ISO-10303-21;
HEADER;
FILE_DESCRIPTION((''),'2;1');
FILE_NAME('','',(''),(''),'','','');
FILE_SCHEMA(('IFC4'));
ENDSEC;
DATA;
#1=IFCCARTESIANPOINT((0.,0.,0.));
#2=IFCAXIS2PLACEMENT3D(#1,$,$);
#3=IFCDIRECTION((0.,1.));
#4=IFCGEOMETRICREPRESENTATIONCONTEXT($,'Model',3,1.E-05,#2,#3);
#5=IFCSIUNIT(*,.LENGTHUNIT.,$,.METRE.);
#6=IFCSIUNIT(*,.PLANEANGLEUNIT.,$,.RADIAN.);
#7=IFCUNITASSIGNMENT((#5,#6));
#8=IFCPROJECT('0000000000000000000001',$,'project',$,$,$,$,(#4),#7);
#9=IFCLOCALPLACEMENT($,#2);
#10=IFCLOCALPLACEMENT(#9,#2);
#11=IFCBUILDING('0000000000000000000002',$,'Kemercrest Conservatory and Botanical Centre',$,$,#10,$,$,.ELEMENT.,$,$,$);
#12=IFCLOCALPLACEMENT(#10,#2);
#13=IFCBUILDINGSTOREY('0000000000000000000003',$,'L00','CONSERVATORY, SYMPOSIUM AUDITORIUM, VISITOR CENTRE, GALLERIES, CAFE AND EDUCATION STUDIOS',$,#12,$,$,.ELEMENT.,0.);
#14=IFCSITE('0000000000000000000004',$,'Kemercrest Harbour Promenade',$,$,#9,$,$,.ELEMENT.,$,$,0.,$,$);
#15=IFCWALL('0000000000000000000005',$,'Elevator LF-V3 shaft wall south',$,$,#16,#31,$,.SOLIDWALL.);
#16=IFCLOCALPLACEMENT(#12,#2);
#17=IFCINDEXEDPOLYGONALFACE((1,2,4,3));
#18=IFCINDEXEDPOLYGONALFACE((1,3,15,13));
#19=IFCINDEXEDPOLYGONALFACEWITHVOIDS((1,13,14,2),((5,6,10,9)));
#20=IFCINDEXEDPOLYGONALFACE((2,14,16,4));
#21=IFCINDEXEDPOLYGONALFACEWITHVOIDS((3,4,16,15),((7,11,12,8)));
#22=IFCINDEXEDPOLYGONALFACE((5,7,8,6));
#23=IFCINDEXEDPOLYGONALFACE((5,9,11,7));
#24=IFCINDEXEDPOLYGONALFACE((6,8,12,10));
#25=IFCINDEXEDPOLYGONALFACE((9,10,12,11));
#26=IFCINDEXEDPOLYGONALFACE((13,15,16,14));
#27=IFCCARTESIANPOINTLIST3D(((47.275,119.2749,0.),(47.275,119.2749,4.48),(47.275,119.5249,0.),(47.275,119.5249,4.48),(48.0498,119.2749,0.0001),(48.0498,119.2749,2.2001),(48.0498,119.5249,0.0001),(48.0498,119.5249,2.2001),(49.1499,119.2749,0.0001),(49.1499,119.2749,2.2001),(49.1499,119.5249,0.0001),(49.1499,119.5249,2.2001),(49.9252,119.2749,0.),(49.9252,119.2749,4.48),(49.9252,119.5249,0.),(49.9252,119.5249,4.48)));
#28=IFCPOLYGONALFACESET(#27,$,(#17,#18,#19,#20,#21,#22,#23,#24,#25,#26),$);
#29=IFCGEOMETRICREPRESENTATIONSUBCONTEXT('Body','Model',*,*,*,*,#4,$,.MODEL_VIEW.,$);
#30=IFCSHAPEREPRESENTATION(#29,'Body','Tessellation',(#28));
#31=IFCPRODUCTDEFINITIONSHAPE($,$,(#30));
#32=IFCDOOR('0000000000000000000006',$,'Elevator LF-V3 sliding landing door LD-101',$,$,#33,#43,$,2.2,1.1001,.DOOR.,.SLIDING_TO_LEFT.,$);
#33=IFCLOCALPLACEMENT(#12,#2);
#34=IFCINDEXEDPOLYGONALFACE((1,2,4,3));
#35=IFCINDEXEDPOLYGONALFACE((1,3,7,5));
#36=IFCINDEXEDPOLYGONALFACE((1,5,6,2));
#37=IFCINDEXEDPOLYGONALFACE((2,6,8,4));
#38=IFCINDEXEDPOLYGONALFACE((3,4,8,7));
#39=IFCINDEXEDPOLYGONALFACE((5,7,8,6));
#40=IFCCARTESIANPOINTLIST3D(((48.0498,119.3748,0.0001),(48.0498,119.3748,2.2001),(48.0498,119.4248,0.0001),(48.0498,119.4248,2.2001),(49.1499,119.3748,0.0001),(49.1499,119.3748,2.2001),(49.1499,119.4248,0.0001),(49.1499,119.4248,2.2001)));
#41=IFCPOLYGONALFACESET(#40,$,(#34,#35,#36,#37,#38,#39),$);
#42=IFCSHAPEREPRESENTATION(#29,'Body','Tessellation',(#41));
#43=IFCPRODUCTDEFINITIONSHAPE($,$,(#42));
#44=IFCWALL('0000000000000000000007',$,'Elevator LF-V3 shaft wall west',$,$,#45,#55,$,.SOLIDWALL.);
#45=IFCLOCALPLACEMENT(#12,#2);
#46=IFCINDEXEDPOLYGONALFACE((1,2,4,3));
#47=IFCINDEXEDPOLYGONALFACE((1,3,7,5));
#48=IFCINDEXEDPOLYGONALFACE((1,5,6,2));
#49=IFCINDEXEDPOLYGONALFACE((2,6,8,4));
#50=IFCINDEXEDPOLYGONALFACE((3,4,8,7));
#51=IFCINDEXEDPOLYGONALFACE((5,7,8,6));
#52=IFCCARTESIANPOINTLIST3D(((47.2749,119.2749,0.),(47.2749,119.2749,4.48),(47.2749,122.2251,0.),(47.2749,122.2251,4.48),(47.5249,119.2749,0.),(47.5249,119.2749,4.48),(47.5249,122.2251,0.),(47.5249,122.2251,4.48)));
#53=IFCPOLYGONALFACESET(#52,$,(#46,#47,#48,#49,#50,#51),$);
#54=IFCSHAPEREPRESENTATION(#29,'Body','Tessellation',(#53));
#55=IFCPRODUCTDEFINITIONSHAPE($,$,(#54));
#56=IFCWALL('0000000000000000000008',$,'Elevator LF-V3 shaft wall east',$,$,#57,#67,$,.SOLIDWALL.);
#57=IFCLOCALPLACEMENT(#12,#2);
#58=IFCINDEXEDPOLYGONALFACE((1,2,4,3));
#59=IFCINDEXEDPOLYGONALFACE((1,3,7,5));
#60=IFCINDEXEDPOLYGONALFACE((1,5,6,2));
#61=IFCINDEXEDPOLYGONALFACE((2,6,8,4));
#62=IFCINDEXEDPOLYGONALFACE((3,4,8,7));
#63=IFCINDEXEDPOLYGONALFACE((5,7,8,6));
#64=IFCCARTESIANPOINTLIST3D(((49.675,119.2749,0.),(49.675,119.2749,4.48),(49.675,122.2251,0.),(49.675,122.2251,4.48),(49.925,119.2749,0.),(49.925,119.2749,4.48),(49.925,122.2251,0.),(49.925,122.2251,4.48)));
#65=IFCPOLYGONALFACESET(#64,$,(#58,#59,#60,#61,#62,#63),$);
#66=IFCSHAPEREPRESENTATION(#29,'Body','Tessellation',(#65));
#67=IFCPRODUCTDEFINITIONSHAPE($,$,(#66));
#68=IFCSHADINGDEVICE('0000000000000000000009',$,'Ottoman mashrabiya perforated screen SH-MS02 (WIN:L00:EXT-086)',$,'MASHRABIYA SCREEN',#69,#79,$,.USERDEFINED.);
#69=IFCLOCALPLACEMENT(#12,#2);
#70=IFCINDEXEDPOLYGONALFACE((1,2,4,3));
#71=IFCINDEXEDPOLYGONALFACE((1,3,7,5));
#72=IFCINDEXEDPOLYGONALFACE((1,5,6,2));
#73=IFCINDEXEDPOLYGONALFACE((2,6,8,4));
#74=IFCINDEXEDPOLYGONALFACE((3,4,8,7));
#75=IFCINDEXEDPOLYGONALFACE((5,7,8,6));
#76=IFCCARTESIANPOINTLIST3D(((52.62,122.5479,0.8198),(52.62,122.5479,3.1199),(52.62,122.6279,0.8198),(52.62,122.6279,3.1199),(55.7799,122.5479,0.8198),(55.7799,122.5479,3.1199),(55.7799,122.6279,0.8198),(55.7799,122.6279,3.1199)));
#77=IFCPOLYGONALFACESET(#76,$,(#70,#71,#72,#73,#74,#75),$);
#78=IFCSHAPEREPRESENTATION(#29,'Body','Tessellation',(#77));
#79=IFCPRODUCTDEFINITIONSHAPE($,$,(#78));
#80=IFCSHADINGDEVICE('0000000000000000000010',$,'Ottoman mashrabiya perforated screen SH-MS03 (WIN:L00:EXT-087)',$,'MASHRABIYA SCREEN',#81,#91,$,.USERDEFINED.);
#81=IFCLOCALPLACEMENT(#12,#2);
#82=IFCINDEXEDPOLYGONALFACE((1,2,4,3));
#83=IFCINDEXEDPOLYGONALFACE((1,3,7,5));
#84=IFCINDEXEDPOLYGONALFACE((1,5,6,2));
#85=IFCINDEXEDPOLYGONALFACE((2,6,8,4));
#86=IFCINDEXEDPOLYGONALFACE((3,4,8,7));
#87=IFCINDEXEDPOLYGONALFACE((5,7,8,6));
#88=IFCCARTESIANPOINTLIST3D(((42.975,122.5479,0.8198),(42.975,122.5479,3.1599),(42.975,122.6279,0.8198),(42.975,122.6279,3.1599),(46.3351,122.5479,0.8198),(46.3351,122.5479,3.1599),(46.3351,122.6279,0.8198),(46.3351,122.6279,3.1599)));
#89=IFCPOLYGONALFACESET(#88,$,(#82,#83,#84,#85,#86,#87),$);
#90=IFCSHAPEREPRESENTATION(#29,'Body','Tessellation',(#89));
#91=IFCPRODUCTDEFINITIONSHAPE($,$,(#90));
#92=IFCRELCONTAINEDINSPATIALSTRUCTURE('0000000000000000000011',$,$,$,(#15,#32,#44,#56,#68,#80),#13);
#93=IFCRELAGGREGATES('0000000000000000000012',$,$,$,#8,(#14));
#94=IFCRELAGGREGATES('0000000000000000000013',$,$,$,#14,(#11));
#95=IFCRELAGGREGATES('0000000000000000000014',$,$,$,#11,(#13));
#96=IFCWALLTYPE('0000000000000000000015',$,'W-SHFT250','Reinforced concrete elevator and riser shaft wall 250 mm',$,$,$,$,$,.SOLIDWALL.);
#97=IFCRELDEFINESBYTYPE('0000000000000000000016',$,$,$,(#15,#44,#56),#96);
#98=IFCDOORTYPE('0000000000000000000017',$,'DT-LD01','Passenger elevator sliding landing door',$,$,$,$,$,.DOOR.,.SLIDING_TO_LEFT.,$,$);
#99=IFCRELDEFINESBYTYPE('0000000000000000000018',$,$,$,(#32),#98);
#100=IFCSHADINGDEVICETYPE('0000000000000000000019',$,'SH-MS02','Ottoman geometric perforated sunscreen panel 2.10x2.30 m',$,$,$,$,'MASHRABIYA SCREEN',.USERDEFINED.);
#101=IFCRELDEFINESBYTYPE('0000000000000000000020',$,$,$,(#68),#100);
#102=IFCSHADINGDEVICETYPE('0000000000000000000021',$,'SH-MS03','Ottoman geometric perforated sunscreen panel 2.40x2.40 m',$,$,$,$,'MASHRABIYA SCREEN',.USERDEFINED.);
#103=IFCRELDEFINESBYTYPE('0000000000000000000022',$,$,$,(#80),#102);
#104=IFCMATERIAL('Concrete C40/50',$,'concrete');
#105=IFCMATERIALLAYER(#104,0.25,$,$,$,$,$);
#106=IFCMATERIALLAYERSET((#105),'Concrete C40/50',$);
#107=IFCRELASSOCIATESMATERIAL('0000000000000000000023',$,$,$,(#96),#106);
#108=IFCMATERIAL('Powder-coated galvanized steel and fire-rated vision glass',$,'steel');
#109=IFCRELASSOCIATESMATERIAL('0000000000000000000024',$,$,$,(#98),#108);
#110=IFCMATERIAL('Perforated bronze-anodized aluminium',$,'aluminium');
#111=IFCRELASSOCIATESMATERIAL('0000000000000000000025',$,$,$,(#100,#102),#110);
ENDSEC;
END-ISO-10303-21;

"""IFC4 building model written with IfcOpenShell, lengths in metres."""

from ifc_helpers import new_model, si_unit, direction, frame, frame_2d, origin, origin_2d, place, context, subcontext, project, spatial, rectangle, extrude, material, layer, layer_set, type_object, element, fill, save


model = new_model("IFC4")

# Units and contexts
model_context = context("Model", 3, precision=1e-05, world=origin(), true_north=direction((0.0, 1.0)))
body_context = subcontext(model_context, "Body", "Model", "MODEL_VIEW")
ifc_project = project(units=[si_unit("LENGTHUNIT", "METRE"), si_unit("PLANEANGLEUNIT", "RADIAN")], contexts=[model_context])

# Site, building, storey
site_placement = place(None, origin())
site = spatial("IfcSite", under=ifc_project, at=site_placement, Name="Kemercrest Harbour Promenade", CompositionType="ELEMENT", RefElevation=0.0)
building_placement = place(site_placement, origin())
building = spatial("IfcBuilding", under=site, at=building_placement, Name="Kemercrest Conservatory and Botanical Centre", CompositionType="ELEMENT")
storey_placement = place(building_placement, origin())
storey = spatial("IfcBuildingStorey", under=building, at=storey_placement, Name="L00", Description="CONSERVATORY, SYMPOSIUM AUDITORIUM, VISITOR CENTRE, GALLERIES, CAFE AND EDUCATION STUDIOS", CompositionType="ELEMENT", Elevation=0.0)

# Shared definitions
ifc_material_1 = material(Name="Concrete C40/50", Category="concrete")

# Wall, opening, door
ifc_layer_1 = layer(ifc_material_1, 0.25)
ifc_layer_set_1 = layer_set([ifc_layer_1], Name="Concrete C40/50")
wall_type_1 = type_object("IfcWallType", Name="W-SHFT250", Description="Reinforced concrete elevator and riser shaft wall 250 mm", PredefinedType="SOLIDWALL", material=ifc_layer_set_1)
wall_1_placement = place(storey_placement, frame((47.2749, 119.3999, 0.0), z_axis=(0.0, 0.0, 1.0), x_axis=(1.0, 0.0, 0.0)))
wall_1 = element("IfcWall", 1, at=wall_1_placement, inside=storey, type_object=wall_type_1, Name="Elevator LF-V3 shaft wall south", PredefinedType="SOLIDWALL", context=body_context, shape_type="SweptSolid", body=[
    extrude(rectangle(XDim=2.6501, YDim=0.25, at=frame_2d((1.3252, 0.0))), origin(), (0.0, 0.0, 1.0), 4.48),
])
opening_1_placement = place(wall_1_placement, frame((0.7749, 0.0, 0.0)))
opening_1 = element("IfcOpeningElement", 2, at=opening_1_placement, cuts=wall_1, PredefinedType="OPENING", context=body_context, shape_type="SweptSolid", body=[
    extrude(rectangle(XDim=1.1001, YDim=2.2, at=frame_2d((0.55, 1.1001))), frame((0.0, 0.135, 0.0), z_axis=(0.0, -1.0, 0.0), x_axis=(1.0, 0.0, 0.0)), (0.0, 0.0, 1.0), 0.27),
])
ifc_material_2 = material(Name="Powder-coated galvanized steel and fire-rated vision glass", Category="steel")
door_type_1 = type_object("IfcDoorType", Name="DT-LD01", Description="Passenger elevator sliding landing door", OperationType="SLIDING_TO_LEFT", PredefinedType="DOOR", material=ifc_material_2)
door_1_placement = place(opening_1_placement, origin())
door_1 = element("IfcDoor", 3, at=door_1_placement, inside=storey, type_object=door_type_1, Name="Elevator LF-V3 sliding landing door LD-101", OperationType="SLIDING_TO_LEFT", OverallHeight=2.2, OverallWidth=1.1001, PredefinedType="DOOR", context=body_context, shape_type="SweptSolid", body=[
    extrude(rectangle(XDim=1.1001, YDim=2.2, at=frame_2d((0.55, 1.1001))), frame((0.0, 0.0249, 0.0), z_axis=(0.0, -1.0, 0.0), x_axis=(1.0, 0.0, 0.0)), (0.0, 0.0, 1.0), 0.05),
])
fill(opening_1, door_1)

# Walls
for number, where, z_axis, x_axis, name in (
    (4, (47.3999, 119.2749, 0.0), (0.0, 0.0, 1.0), (0.0, 1.0, 0.0), "Elevator LF-V3 shaft wall west"),
    (5, (49.8, 119.2749, 0.0), (0.0, 0.0, 1.0), (0.0, 1.0, 0.0), "Elevator LF-V3 shaft wall east"),
):
    element("IfcWall", number, at=place(storey_placement, frame(where, z_axis=z_axis, x_axis=x_axis)), inside=storey, type_object=wall_type_1, Name=name, PredefinedType="SOLIDWALL", context=body_context, shape_type="SweptSolid", body=[
        extrude(rectangle(XDim=2.9502, YDim=0.25, at=frame_2d((1.4751, 0.0))), origin(), (0.0, 0.0, 1.0), 4.48),
    ])

# Shading devices
ifc_material_3 = material(Name="Perforated bronze-anodized aluminium", Category="aluminium")
shading_device_type_1 = type_object("IfcShadingDeviceType", Name="SH-MS02", Description="Ottoman geometric perforated sunscreen panel 2.10x2.30 m", ElementType="MASHRABIYA SCREEN", PredefinedType="USERDEFINED", material=ifc_material_3)
shading_device_1_placement = place(storey_placement, frame((54.2, 122.5879, 0.8198), z_axis=(0.0, 0.0, 1.0), x_axis=(-1.0, 0.0, 0.0)))
element("IfcShadingDevice", 6, at=shading_device_1_placement, inside=storey, type_object=shading_device_type_1, Name="Ottoman mashrabiya perforated screen SH-MS02 (WIN:L00:EXT-086)", ObjectType="MASHRABIYA SCREEN", PredefinedType="USERDEFINED", context=body_context, shape_type="SweptSolid", body=[
    extrude(rectangle(XDim=3.1599, YDim=0.0801, at=origin_2d()), origin(), (0.0, 0.0, 1.0), 2.3),
])
shading_device_type_2 = type_object("IfcShadingDeviceType", Name="SH-MS03", Description="Ottoman geometric perforated sunscreen panel 2.40x2.40 m", ElementType="MASHRABIYA SCREEN", PredefinedType="USERDEFINED", material=ifc_material_3)
shading_device_2_placement = place(storey_placement, frame((44.655, 122.5879, 0.8198), z_axis=(0.0, 0.0, 1.0), x_axis=(-1.0, 0.0, 0.0)))
element("IfcShadingDevice", 7, at=shading_device_2_placement, inside=storey, type_object=shading_device_type_2, Name="Ottoman mashrabiya perforated screen SH-MS03 (WIN:L00:EXT-087)", ObjectType="MASHRABIYA SCREEN", PredefinedType="USERDEFINED", context=body_context, shape_type="SweptSolid", body=[
    extrude(rectangle(XDim=3.3601, YDim=0.0801, at=origin_2d()), origin(), (0.0, 0.0, 1.0), 2.3401),
])

save(model, "model.ifc")
